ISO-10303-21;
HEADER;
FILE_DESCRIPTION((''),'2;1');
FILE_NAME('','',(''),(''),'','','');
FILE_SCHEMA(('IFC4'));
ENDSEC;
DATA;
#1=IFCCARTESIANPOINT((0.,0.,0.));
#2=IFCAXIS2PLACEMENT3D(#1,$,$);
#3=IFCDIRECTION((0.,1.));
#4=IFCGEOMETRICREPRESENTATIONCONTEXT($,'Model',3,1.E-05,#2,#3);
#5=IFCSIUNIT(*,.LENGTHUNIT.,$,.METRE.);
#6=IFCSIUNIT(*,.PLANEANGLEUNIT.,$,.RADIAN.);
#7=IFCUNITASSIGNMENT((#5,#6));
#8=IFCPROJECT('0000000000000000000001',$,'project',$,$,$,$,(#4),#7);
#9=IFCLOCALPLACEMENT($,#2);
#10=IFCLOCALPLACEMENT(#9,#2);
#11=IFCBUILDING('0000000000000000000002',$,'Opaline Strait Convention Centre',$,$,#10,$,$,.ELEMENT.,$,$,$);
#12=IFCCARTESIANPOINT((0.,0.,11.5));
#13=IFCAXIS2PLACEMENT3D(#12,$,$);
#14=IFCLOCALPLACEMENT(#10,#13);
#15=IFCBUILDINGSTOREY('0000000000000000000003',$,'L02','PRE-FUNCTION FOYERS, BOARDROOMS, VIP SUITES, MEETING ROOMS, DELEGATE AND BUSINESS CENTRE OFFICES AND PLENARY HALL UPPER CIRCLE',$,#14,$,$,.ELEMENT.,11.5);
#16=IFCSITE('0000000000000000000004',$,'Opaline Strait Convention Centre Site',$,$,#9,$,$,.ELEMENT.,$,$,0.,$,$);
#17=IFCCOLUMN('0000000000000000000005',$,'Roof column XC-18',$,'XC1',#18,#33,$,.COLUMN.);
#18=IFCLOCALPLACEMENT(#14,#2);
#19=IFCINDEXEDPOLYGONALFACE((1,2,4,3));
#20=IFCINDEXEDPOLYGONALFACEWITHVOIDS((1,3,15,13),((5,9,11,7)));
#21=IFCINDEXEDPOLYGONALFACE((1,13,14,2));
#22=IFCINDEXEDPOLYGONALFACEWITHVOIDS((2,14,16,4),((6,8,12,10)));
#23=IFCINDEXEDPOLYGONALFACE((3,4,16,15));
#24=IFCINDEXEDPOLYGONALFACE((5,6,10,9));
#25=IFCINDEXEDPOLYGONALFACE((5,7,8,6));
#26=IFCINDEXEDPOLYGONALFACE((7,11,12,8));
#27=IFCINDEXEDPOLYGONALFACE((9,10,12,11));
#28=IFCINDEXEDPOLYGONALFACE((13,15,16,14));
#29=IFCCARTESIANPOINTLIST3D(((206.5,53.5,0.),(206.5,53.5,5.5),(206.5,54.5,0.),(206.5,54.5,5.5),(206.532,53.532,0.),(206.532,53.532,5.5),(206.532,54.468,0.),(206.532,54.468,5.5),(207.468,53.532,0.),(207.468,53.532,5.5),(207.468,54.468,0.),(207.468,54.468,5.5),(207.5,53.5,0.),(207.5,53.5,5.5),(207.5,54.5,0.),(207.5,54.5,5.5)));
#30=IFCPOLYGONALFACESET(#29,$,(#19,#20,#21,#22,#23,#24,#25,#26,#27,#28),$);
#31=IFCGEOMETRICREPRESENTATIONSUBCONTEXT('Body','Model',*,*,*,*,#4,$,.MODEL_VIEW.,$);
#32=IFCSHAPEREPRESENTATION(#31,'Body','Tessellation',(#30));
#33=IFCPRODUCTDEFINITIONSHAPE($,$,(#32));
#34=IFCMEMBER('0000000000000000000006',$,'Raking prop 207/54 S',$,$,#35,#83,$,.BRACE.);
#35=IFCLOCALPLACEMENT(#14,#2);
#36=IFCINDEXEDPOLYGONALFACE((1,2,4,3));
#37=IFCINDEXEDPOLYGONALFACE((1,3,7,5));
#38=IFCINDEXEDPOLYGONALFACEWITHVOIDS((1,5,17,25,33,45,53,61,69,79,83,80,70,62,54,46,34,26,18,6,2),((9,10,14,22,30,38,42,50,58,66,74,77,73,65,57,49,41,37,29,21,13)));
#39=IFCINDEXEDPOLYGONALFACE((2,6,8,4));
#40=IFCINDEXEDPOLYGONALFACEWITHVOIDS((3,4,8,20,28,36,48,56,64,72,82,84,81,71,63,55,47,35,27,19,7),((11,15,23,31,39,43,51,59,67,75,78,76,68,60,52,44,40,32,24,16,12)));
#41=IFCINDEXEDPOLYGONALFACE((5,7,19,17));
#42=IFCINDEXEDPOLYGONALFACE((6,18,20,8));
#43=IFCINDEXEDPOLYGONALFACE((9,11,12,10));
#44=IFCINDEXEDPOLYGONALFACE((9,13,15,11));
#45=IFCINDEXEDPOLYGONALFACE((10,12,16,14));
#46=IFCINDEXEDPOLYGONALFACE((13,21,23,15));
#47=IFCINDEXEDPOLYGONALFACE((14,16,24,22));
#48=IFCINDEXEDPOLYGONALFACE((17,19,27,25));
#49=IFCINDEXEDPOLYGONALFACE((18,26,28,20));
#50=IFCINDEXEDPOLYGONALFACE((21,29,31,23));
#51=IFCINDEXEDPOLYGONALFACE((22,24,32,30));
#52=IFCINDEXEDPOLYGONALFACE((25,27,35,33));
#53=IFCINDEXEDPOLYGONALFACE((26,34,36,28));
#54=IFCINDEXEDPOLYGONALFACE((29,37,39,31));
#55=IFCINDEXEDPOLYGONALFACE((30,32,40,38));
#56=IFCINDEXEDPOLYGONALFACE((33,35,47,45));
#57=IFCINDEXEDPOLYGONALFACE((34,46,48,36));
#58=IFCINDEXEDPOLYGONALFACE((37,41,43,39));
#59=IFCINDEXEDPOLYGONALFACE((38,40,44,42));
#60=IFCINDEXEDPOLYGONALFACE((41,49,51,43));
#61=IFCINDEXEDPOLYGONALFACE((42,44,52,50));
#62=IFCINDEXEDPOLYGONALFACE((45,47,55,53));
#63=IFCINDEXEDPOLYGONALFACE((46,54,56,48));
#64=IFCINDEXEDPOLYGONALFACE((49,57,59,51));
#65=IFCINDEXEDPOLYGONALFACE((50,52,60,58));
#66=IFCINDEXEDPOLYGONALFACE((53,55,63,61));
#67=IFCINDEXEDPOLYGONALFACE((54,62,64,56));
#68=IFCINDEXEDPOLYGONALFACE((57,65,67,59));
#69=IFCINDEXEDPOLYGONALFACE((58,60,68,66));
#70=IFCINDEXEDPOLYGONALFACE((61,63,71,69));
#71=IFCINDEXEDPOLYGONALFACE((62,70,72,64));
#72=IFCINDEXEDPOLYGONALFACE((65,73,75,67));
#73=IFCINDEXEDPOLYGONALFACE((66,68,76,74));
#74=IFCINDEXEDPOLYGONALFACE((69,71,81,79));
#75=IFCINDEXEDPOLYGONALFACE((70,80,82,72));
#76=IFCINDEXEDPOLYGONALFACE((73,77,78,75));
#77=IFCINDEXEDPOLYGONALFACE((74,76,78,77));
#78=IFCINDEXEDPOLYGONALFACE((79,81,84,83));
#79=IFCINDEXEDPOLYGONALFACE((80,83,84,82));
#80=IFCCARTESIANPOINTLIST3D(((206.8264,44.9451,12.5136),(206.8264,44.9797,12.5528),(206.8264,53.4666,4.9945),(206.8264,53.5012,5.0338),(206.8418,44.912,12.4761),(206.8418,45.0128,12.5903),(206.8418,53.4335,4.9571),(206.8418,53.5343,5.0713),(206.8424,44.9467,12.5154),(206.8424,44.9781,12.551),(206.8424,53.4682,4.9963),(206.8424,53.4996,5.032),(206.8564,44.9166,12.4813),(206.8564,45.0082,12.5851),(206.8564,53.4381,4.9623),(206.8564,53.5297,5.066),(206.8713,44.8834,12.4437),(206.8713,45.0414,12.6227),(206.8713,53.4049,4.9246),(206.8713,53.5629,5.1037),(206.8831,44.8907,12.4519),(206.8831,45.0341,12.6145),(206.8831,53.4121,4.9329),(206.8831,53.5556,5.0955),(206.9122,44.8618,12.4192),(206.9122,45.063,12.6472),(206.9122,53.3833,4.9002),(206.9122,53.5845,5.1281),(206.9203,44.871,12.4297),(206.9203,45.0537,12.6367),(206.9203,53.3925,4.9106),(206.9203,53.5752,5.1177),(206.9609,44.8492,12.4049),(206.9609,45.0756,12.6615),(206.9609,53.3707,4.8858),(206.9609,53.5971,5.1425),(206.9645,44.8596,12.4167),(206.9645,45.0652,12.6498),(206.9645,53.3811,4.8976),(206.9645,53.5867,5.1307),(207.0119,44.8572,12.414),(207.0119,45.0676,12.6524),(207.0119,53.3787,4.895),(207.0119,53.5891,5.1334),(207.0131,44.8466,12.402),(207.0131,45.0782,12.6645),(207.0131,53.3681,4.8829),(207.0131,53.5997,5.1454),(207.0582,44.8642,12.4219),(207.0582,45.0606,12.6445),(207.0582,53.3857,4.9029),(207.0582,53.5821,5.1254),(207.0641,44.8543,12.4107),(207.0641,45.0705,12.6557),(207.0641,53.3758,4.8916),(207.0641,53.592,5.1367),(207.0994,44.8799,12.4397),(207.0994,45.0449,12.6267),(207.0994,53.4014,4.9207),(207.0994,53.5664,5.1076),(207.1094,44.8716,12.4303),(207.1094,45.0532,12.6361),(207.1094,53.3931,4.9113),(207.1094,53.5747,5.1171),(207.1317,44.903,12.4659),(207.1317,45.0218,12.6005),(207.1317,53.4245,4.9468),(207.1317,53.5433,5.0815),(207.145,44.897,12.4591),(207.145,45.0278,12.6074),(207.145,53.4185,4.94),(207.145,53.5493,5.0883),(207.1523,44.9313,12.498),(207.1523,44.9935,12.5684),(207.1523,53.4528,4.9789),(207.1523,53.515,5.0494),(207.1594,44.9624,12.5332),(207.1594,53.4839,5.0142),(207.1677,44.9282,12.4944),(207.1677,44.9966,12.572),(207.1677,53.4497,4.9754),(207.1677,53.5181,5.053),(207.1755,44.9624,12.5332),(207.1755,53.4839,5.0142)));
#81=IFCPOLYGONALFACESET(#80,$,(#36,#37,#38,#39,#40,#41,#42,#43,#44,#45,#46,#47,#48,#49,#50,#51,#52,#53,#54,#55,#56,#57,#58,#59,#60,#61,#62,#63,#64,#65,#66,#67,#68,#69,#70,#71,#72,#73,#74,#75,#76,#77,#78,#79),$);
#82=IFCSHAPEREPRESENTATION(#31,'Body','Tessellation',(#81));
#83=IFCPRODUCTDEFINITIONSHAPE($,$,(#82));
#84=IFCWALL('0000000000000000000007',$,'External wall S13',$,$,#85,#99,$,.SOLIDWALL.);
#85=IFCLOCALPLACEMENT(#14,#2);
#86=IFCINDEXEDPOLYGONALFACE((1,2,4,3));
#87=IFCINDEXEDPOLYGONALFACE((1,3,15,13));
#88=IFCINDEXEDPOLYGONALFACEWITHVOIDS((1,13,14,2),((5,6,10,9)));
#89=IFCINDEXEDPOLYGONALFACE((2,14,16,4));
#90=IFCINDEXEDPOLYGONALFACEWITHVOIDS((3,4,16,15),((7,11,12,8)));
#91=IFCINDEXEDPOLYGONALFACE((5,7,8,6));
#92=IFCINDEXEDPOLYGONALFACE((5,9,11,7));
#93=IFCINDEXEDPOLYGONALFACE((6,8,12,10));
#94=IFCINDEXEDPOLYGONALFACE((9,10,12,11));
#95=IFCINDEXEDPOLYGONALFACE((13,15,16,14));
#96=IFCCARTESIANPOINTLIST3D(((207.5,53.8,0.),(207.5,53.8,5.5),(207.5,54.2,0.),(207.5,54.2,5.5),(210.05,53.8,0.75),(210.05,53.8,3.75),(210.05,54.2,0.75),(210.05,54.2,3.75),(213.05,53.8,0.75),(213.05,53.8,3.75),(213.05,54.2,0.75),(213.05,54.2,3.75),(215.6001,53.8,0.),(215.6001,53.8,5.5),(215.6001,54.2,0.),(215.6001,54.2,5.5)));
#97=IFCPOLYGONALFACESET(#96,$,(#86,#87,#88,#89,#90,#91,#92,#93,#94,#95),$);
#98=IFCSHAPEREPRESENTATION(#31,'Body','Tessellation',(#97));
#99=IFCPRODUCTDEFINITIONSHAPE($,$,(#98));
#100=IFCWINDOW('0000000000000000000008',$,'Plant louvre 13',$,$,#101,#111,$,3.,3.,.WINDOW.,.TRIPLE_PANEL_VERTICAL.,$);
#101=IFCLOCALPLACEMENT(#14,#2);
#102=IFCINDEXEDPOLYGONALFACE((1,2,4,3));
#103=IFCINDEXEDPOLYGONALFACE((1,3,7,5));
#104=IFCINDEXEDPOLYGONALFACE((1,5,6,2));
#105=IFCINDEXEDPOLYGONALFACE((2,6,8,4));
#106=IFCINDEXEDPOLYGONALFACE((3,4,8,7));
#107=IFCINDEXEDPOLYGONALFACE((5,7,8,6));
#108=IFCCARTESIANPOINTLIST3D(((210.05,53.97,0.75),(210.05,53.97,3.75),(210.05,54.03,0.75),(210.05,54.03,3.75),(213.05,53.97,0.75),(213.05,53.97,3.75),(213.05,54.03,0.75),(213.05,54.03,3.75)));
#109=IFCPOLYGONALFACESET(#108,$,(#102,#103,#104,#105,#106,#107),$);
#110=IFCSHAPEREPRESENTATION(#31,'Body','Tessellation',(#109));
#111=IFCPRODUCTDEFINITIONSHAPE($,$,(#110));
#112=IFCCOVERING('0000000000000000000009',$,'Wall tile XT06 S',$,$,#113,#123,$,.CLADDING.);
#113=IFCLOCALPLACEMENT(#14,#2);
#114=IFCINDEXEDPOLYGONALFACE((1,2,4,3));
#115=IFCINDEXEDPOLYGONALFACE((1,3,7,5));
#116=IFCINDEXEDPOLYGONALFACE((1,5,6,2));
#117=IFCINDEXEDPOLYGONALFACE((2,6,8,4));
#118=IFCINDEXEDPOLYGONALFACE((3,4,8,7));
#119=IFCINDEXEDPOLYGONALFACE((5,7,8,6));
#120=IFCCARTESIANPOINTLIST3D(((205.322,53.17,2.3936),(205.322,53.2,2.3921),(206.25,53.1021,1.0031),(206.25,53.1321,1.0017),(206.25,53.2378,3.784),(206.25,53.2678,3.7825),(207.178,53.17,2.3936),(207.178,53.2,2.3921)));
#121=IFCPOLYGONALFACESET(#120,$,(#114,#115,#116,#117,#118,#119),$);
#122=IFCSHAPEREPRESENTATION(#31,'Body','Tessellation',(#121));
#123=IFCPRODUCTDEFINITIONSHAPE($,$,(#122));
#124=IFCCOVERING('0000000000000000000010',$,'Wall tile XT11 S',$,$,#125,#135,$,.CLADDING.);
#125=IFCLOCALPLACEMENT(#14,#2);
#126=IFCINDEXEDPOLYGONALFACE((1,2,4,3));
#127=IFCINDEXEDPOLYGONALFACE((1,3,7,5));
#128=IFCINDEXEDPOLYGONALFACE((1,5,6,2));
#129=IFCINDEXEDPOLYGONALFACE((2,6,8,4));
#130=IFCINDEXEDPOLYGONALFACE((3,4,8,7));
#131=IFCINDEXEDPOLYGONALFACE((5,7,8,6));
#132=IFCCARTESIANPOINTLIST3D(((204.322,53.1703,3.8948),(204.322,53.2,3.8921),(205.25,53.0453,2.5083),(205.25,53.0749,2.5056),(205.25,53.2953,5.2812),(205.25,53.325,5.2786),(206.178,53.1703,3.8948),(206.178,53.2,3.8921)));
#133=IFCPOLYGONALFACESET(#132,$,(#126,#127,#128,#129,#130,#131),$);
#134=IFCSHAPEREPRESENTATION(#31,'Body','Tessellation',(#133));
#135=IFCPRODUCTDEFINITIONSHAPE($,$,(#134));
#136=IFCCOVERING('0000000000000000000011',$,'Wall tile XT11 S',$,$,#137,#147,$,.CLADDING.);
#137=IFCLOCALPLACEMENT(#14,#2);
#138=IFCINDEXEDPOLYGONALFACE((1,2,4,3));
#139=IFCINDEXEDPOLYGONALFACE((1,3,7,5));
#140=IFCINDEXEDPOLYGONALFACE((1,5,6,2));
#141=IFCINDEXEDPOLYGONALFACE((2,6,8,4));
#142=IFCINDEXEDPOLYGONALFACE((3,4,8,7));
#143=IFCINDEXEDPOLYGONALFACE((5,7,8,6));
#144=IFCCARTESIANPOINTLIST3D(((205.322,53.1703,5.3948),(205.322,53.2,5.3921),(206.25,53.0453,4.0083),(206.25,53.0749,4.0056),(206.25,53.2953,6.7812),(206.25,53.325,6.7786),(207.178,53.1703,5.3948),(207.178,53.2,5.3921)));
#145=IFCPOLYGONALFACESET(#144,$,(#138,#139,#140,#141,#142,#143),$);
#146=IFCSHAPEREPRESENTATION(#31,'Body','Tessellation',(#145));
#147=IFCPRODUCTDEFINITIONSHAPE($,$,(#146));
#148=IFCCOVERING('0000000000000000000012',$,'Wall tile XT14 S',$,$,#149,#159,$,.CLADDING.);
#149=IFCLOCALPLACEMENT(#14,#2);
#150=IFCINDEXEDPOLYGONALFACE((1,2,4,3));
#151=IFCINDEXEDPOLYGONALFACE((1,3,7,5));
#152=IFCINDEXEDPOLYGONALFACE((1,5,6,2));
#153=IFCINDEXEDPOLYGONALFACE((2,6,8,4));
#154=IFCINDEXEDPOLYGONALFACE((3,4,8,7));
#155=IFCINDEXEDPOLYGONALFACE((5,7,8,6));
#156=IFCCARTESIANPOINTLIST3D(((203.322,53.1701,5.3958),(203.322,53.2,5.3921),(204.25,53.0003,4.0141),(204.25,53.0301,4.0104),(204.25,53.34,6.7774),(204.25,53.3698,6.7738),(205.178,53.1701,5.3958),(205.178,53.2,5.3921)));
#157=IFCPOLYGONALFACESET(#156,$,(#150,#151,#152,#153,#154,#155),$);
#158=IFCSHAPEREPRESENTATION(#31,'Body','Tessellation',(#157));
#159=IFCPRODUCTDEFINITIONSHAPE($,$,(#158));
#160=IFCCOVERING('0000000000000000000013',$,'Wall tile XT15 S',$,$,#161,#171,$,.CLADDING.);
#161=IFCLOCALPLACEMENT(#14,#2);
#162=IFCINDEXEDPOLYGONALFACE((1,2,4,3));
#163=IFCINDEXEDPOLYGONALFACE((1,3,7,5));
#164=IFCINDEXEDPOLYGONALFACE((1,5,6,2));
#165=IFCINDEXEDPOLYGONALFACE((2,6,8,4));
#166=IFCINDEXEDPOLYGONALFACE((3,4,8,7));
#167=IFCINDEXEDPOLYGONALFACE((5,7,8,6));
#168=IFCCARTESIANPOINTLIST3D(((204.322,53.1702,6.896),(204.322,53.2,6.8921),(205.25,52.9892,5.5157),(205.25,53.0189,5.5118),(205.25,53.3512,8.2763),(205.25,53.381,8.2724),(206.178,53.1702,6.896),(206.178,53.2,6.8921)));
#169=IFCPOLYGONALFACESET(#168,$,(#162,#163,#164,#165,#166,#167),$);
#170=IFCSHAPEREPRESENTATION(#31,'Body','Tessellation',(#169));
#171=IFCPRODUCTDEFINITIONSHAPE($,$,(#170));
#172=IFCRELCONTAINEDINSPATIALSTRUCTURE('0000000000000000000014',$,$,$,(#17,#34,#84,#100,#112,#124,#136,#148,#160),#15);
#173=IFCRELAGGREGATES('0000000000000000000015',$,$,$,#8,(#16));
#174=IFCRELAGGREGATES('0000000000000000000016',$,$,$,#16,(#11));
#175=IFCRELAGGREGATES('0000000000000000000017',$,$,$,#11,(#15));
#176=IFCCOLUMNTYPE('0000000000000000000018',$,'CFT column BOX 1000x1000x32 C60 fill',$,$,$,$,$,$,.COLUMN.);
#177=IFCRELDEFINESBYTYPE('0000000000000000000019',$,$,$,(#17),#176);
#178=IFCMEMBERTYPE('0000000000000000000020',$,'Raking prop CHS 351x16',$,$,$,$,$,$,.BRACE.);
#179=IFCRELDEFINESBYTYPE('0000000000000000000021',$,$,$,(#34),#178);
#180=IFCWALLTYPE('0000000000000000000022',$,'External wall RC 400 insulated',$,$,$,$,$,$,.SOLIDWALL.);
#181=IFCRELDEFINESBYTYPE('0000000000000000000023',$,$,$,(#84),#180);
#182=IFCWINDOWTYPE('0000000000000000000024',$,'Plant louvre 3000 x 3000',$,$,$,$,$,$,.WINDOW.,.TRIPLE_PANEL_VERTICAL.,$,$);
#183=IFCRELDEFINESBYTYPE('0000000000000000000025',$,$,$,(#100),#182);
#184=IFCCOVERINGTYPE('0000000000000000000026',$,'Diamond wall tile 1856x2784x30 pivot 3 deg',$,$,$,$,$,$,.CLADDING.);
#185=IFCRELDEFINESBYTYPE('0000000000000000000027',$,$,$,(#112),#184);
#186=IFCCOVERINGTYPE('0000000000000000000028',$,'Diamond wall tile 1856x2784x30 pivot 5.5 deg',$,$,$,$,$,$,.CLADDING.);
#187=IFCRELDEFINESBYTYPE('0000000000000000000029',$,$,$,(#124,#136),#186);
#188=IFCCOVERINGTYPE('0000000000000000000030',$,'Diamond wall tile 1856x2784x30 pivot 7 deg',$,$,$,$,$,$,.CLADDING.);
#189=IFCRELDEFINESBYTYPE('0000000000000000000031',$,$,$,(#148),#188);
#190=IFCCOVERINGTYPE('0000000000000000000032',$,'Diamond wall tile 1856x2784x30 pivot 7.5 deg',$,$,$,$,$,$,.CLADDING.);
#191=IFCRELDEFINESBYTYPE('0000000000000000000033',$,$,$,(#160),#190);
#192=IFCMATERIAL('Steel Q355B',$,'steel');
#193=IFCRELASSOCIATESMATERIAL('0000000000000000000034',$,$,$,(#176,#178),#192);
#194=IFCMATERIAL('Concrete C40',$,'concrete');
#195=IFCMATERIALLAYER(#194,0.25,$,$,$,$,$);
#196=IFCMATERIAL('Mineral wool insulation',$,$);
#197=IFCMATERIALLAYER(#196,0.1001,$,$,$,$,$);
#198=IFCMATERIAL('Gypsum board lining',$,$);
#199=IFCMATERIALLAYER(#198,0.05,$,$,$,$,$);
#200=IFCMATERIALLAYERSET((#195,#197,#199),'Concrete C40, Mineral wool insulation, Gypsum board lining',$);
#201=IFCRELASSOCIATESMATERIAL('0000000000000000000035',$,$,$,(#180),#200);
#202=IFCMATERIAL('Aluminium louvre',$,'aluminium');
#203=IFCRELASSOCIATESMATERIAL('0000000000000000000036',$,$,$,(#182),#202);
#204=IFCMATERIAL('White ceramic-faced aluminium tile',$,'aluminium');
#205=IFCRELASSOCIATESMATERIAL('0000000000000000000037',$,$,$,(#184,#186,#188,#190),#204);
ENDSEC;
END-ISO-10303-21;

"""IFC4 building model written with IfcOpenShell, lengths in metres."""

from ifc_helpers import new_model, si_unit, direction, frame, frame_2d, origin, origin_2d, place, context, subcontext, project, spatial, polyline, rectangle, hollow_rectangle, hollow_circle, outline, extrude, material, layer, layer_set, material_profile, profile_set, type_object, element, fill, save


model = new_model("IFC4")

# Units and contexts
model_context = context("Model", 3, precision=1e-05, world=origin(), true_north=direction((0.0, 1.0)))
body_context = subcontext(model_context, "Body", "Model", "MODEL_VIEW")
ifc_project = project(units=[si_unit("LENGTHUNIT", "METRE"), si_unit("PLANEANGLEUNIT", "RADIAN")], contexts=[model_context])

# Site, building, storey
site_placement = place(None, origin())
site = spatial("IfcSite", under=ifc_project, at=site_placement, Name="Opaline Strait Convention Centre Site", CompositionType="ELEMENT", RefElevation=0.0)
building_placement = place(site_placement, origin())
building = spatial("IfcBuilding", under=site, at=building_placement, Name="Opaline Strait Convention Centre", CompositionType="ELEMENT")
storey_placement = place(building_placement, frame((0.0, 0.0, 11.5)))
storey = spatial("IfcBuildingStorey", under=building, at=storey_placement, Name="L02", Description="PRE-FUNCTION FOYERS, BOARDROOMS, VIP SUITES, MEETING ROOMS, DELEGATE AND BUSINESS CENTRE OFFICES AND PLENARY HALL UPPER CIRCLE", CompositionType="ELEMENT", Elevation=11.5)

# Column
ifc_material_1 = material(Name="Steel Q355B", Category="steel")
ifc_material_profile_1 = material_profile(ifc_material_1, hollow_rectangle(XDim=1.0, YDim=1.0, WallThickness=0.032, at=origin_2d()), Name="BOX 1000x1000x32")
ifc_profile_set_1 = profile_set([ifc_material_profile_1], Name="Steel Q355B")
column_type = type_object("IfcColumnType", Name="CFT column BOX 1000x1000x32 C60 fill", PredefinedType="COLUMN", material=ifc_profile_set_1)
column_placement = place(storey_placement, frame((207.0, 54.0, 0.0), z_axis=(0.0, 0.0, 1.0), x_axis=(1.0, 0.0, 0.0)))
element("IfcColumn", 1, at=column_placement, inside=storey, type_object=column_type, Name="Roof column XC-18", ObjectType="XC1", PredefinedType="COLUMN", context=body_context, shape_type="SweptSolid", body=[
    extrude(hollow_rectangle(XDim=1.0, YDim=1.0, WallThickness=0.032, at=origin_2d()), origin(), (0.0, 0.0, 1.0), 5.5),
])

# Member
ifc_material_profile_2 = material_profile(ifc_material_1, hollow_circle(Radius=0.1755, WallThickness=0.0161, at=origin_2d()), Name="CHS 351x16")
ifc_profile_set_2 = profile_set([ifc_material_profile_2], Name="Steel Q355B")
member_type = type_object("IfcMemberType", Name="Raking prop CHS 351x16", PredefinedType="BRACE", material=ifc_profile_set_2)
member_placement = place(storey_placement, frame((207.0, 53.4839, 5.0142), z_axis=(0.0, -0.749834, 0.661626), x_axis=(1.0, 0.0, 0.0)))
element("IfcMember", 2, at=member_placement, inside=storey, type_object=member_type, Name="Raking prop 207/54 S", PredefinedType="BRACE", context=body_context, shape_type="SweptSolid", body=[
    extrude(hollow_circle(Radius=0.1755, WallThickness=0.0161, at=origin_2d()), origin(), (0.0, 0.0, 1.0), 11.3645),
])

# Wall, opening, window
ifc_material_2 = material(Name="Concrete C40", Category="concrete")
ifc_layer_1 = layer(ifc_material_2, 0.25)
ifc_material_3 = material(Name="Mineral wool insulation")
ifc_layer_2 = layer(ifc_material_3, 0.1001)
ifc_material_4 = material(Name="Gypsum board lining")
ifc_layer_3 = layer(ifc_material_4, 0.05)
ifc_layer_set = layer_set([ifc_layer_1, ifc_layer_2, ifc_layer_3], Name="Concrete C40, Mineral wool insulation, Gypsum board lining")
wall_type = type_object("IfcWallType", Name="External wall RC 400 insulated", PredefinedType="SOLIDWALL", material=ifc_layer_set)
wall_placement = place(storey_placement, frame((207.5, 54.0, 0.0), z_axis=(0.0, 0.0, 1.0), x_axis=(1.0, 0.0, 0.0)))
wall = element("IfcWall", 3, at=wall_placement, inside=storey, type_object=wall_type, Name="External wall S13", PredefinedType="SOLIDWALL", context=body_context, shape_type="SweptSolid", body=[
    extrude(rectangle(XDim=8.1001, YDim=0.3999, at=frame_2d((4.05, 0.0))), origin(), (0.0, 0.0, 1.0), 5.5),
])
opening_placement = place(wall_placement, frame((2.55, 0.0, 0.75)))
opening = element("IfcOpeningElement", 4, at=opening_placement, cuts=wall, PredefinedType="OPENING", context=body_context, shape_type="SweptSolid", body=[
    extrude(rectangle(XDim=3.0, YDim=3.0, at=frame_2d((1.5, 1.5))), frame((0.0, 0.21, 0.0), z_axis=(0.0, -1.0, 0.0), x_axis=(1.0, 0.0, 0.0)), (0.0, 0.0, 1.0), 0.4199),
])
ifc_material_5 = material(Name="Aluminium louvre", Category="aluminium")
window_type = type_object("IfcWindowType", Name="Plant louvre 3000 x 3000", PartitioningType="TRIPLE_PANEL_VERTICAL", PredefinedType="WINDOW", material=ifc_material_5)
window_placement = place(opening_placement, origin())
window = element("IfcWindow", 5, at=window_placement, inside=storey, type_object=window_type, Name="Plant louvre 13", OverallHeight=3.0, OverallWidth=3.0, PartitioningType="TRIPLE_PANEL_VERTICAL", PredefinedType="WINDOW", context=body_context, shape_type="SweptSolid", body=[
    extrude(rectangle(XDim=3.0, YDim=3.0, at=frame_2d((1.5, 1.5))), frame((0.0, 0.03, 0.0), z_axis=(0.0, -1.0, 0.0), x_axis=(1.0, 0.0, 0.0)), (0.0, 0.0, 1.0), 0.0601),
])
fill(opening, window)

# Coverings
ifc_material_6 = material(Name="White ceramic-faced aluminium tile", Category="aluminium")
ifc_material_profile_3 = material_profile(ifc_material_6, outline(polyline([(0.928, 0.0), (0.0, 1.3921), (-0.928, 0.0), (0.0, -1.3921), (0.928, 0.0)])), Name="Diamond tile 1856x2784")
ifc_profile_set_3 = profile_set([ifc_material_profile_3], Name="White ceramic-faced aluminium tile")
covering_type_1 = type_object("IfcCoveringType", Name="Diamond wall tile 1856x2784x30 pivot 3 deg", PredefinedType="CLADDING", material=ifc_profile_set_3)
covering_1_placement = place(storey_placement, frame((206.25, 53.2, 2.3921), z_axis=(0.0, -0.998812, 0.048723), x_axis=(1.0, 0.0, 0.0)))
element("IfcCovering", 6, at=covering_1_placement, inside=storey, type_object=covering_type_1, Name="Wall tile XT06 S", PredefinedType="CLADDING", context=body_context, shape_type="SweptSolid", body=[
    extrude(outline(polyline([(0.928, 0.0), (0.0, 1.3921), (-0.928, 0.0), (0.0, -1.3921), (0.928, 0.0)])), origin(), (0.0, 0.0, 1.0), 0.03),
])
ifc_material_profile_4 = material_profile(ifc_material_6, outline(polyline([(0.928, 0.0), (0.0, 1.3921), (-0.928, 0.0), (0.0, -1.3921), (0.928, 0.0)])), Name="Diamond tile 1856x2784")
ifc_profile_set_4 = profile_set([ifc_material_profile_4], Name="White ceramic-faced aluminium tile")
covering_type_2 = type_object("IfcCoveringType", Name="Diamond wall tile 1856x2784x30 pivot 5.5 deg", PredefinedType="CLADDING", material=ifc_profile_set_4)
for number, where, z_axis, x_axis, name in (
    (7, (205.25, 53.2, 3.8921), (0.0, -0.99596, 0.0898), (1.0, 0.0, 0.0), "Wall tile XT11 S"),
    (8, (206.25, 53.2, 5.3921), (0.0, -0.99596, 0.0898), (1.0, 0.0, 0.0), "Wall tile XT11 S"),
):
    element("IfcCovering", number, at=place(storey_placement, frame(where, z_axis=z_axis, x_axis=x_axis)), inside=storey, type_object=covering_type_2, Name=name, PredefinedType="CLADDING", context=body_context, shape_type="SweptSolid", body=[
        extrude(outline(polyline([(0.928, 0.0), (0.0, 1.3921), (-0.928, 0.0), (0.0, -1.3921), (0.928, 0.0)])), origin(), (0.0, 0.0, 1.0), 0.0298),
    ])
ifc_material_profile_5 = material_profile(ifc_material_6, outline(polyline([(0.928, 0.0), (0.0, 1.3921), (-0.928, 0.0), (0.0, -1.3921), (0.928, 0.0)])), Name="Diamond tile 1856x2784")
ifc_profile_set_5 = profile_set([ifc_material_profile_5], Name="White ceramic-faced aluminium tile")
covering_type_3 = type_object("IfcCoveringType", Name="Diamond wall tile 1856x2784x30 pivot 7 deg", PredefinedType="CLADDING", material=ifc_profile_set_5)
covering_2_placement = place(storey_placement, frame((204.25, 53.2, 5.3921), z_axis=(0.0, -0.992526, 0.122032), x_axis=(1.0, 0.0, 0.0)))
element("IfcCovering", 9, at=covering_2_placement, inside=storey, type_object=covering_type_3, Name="Wall tile XT14 S", PredefinedType="CLADDING", context=body_context, shape_type="SweptSolid", body=[
    extrude(outline(polyline([(0.928, 0.0), (0.0, 1.3921), (-0.928, 0.0), (0.0, -1.3921), (0.928, 0.0)])), origin(), (0.0, 0.0, 1.0), 0.03),
])
ifc_material_profile_6 = material_profile(ifc_material_6, outline(polyline([(0.928, 0.0), (0.0, 1.3921), (-0.928, 0.0), (0.0, -1.3921), (0.928, 0.0)])), Name="Diamond tile 1856x2784")
ifc_profile_set_6 = profile_set([ifc_material_profile_6], Name="White ceramic-faced aluminium tile")
covering_type_4 = type_object("IfcCoveringType", Name="Diamond wall tile 1856x2784x30 pivot 7.5 deg", PredefinedType="CLADDING", material=ifc_profile_set_6)
for number, where, z_axis, x_axis, name in (
    (10, (205.25, 53.2, 6.8921), (0.0, -0.99151, 0.130034), (1.0, 0.0, 0.0), "Wall tile XT15 S"),
):
    element("IfcCovering", number, at=place(storey_placement, frame(where, z_axis=z_axis, x_axis=x_axis)), inside=storey, type_object=covering_type_4, Name=name, PredefinedType="CLADDING", context=body_context, shape_type="SweptSolid", body=[
        extrude(outline(polyline([(0.928, 0.0), (0.0, 1.3921), (-0.928, 0.0), (0.0, -1.3921), (0.928, 0.0)])), origin(), (0.0, 0.0, 1.0), 0.03),
    ])

save(model, "model.ifc")
